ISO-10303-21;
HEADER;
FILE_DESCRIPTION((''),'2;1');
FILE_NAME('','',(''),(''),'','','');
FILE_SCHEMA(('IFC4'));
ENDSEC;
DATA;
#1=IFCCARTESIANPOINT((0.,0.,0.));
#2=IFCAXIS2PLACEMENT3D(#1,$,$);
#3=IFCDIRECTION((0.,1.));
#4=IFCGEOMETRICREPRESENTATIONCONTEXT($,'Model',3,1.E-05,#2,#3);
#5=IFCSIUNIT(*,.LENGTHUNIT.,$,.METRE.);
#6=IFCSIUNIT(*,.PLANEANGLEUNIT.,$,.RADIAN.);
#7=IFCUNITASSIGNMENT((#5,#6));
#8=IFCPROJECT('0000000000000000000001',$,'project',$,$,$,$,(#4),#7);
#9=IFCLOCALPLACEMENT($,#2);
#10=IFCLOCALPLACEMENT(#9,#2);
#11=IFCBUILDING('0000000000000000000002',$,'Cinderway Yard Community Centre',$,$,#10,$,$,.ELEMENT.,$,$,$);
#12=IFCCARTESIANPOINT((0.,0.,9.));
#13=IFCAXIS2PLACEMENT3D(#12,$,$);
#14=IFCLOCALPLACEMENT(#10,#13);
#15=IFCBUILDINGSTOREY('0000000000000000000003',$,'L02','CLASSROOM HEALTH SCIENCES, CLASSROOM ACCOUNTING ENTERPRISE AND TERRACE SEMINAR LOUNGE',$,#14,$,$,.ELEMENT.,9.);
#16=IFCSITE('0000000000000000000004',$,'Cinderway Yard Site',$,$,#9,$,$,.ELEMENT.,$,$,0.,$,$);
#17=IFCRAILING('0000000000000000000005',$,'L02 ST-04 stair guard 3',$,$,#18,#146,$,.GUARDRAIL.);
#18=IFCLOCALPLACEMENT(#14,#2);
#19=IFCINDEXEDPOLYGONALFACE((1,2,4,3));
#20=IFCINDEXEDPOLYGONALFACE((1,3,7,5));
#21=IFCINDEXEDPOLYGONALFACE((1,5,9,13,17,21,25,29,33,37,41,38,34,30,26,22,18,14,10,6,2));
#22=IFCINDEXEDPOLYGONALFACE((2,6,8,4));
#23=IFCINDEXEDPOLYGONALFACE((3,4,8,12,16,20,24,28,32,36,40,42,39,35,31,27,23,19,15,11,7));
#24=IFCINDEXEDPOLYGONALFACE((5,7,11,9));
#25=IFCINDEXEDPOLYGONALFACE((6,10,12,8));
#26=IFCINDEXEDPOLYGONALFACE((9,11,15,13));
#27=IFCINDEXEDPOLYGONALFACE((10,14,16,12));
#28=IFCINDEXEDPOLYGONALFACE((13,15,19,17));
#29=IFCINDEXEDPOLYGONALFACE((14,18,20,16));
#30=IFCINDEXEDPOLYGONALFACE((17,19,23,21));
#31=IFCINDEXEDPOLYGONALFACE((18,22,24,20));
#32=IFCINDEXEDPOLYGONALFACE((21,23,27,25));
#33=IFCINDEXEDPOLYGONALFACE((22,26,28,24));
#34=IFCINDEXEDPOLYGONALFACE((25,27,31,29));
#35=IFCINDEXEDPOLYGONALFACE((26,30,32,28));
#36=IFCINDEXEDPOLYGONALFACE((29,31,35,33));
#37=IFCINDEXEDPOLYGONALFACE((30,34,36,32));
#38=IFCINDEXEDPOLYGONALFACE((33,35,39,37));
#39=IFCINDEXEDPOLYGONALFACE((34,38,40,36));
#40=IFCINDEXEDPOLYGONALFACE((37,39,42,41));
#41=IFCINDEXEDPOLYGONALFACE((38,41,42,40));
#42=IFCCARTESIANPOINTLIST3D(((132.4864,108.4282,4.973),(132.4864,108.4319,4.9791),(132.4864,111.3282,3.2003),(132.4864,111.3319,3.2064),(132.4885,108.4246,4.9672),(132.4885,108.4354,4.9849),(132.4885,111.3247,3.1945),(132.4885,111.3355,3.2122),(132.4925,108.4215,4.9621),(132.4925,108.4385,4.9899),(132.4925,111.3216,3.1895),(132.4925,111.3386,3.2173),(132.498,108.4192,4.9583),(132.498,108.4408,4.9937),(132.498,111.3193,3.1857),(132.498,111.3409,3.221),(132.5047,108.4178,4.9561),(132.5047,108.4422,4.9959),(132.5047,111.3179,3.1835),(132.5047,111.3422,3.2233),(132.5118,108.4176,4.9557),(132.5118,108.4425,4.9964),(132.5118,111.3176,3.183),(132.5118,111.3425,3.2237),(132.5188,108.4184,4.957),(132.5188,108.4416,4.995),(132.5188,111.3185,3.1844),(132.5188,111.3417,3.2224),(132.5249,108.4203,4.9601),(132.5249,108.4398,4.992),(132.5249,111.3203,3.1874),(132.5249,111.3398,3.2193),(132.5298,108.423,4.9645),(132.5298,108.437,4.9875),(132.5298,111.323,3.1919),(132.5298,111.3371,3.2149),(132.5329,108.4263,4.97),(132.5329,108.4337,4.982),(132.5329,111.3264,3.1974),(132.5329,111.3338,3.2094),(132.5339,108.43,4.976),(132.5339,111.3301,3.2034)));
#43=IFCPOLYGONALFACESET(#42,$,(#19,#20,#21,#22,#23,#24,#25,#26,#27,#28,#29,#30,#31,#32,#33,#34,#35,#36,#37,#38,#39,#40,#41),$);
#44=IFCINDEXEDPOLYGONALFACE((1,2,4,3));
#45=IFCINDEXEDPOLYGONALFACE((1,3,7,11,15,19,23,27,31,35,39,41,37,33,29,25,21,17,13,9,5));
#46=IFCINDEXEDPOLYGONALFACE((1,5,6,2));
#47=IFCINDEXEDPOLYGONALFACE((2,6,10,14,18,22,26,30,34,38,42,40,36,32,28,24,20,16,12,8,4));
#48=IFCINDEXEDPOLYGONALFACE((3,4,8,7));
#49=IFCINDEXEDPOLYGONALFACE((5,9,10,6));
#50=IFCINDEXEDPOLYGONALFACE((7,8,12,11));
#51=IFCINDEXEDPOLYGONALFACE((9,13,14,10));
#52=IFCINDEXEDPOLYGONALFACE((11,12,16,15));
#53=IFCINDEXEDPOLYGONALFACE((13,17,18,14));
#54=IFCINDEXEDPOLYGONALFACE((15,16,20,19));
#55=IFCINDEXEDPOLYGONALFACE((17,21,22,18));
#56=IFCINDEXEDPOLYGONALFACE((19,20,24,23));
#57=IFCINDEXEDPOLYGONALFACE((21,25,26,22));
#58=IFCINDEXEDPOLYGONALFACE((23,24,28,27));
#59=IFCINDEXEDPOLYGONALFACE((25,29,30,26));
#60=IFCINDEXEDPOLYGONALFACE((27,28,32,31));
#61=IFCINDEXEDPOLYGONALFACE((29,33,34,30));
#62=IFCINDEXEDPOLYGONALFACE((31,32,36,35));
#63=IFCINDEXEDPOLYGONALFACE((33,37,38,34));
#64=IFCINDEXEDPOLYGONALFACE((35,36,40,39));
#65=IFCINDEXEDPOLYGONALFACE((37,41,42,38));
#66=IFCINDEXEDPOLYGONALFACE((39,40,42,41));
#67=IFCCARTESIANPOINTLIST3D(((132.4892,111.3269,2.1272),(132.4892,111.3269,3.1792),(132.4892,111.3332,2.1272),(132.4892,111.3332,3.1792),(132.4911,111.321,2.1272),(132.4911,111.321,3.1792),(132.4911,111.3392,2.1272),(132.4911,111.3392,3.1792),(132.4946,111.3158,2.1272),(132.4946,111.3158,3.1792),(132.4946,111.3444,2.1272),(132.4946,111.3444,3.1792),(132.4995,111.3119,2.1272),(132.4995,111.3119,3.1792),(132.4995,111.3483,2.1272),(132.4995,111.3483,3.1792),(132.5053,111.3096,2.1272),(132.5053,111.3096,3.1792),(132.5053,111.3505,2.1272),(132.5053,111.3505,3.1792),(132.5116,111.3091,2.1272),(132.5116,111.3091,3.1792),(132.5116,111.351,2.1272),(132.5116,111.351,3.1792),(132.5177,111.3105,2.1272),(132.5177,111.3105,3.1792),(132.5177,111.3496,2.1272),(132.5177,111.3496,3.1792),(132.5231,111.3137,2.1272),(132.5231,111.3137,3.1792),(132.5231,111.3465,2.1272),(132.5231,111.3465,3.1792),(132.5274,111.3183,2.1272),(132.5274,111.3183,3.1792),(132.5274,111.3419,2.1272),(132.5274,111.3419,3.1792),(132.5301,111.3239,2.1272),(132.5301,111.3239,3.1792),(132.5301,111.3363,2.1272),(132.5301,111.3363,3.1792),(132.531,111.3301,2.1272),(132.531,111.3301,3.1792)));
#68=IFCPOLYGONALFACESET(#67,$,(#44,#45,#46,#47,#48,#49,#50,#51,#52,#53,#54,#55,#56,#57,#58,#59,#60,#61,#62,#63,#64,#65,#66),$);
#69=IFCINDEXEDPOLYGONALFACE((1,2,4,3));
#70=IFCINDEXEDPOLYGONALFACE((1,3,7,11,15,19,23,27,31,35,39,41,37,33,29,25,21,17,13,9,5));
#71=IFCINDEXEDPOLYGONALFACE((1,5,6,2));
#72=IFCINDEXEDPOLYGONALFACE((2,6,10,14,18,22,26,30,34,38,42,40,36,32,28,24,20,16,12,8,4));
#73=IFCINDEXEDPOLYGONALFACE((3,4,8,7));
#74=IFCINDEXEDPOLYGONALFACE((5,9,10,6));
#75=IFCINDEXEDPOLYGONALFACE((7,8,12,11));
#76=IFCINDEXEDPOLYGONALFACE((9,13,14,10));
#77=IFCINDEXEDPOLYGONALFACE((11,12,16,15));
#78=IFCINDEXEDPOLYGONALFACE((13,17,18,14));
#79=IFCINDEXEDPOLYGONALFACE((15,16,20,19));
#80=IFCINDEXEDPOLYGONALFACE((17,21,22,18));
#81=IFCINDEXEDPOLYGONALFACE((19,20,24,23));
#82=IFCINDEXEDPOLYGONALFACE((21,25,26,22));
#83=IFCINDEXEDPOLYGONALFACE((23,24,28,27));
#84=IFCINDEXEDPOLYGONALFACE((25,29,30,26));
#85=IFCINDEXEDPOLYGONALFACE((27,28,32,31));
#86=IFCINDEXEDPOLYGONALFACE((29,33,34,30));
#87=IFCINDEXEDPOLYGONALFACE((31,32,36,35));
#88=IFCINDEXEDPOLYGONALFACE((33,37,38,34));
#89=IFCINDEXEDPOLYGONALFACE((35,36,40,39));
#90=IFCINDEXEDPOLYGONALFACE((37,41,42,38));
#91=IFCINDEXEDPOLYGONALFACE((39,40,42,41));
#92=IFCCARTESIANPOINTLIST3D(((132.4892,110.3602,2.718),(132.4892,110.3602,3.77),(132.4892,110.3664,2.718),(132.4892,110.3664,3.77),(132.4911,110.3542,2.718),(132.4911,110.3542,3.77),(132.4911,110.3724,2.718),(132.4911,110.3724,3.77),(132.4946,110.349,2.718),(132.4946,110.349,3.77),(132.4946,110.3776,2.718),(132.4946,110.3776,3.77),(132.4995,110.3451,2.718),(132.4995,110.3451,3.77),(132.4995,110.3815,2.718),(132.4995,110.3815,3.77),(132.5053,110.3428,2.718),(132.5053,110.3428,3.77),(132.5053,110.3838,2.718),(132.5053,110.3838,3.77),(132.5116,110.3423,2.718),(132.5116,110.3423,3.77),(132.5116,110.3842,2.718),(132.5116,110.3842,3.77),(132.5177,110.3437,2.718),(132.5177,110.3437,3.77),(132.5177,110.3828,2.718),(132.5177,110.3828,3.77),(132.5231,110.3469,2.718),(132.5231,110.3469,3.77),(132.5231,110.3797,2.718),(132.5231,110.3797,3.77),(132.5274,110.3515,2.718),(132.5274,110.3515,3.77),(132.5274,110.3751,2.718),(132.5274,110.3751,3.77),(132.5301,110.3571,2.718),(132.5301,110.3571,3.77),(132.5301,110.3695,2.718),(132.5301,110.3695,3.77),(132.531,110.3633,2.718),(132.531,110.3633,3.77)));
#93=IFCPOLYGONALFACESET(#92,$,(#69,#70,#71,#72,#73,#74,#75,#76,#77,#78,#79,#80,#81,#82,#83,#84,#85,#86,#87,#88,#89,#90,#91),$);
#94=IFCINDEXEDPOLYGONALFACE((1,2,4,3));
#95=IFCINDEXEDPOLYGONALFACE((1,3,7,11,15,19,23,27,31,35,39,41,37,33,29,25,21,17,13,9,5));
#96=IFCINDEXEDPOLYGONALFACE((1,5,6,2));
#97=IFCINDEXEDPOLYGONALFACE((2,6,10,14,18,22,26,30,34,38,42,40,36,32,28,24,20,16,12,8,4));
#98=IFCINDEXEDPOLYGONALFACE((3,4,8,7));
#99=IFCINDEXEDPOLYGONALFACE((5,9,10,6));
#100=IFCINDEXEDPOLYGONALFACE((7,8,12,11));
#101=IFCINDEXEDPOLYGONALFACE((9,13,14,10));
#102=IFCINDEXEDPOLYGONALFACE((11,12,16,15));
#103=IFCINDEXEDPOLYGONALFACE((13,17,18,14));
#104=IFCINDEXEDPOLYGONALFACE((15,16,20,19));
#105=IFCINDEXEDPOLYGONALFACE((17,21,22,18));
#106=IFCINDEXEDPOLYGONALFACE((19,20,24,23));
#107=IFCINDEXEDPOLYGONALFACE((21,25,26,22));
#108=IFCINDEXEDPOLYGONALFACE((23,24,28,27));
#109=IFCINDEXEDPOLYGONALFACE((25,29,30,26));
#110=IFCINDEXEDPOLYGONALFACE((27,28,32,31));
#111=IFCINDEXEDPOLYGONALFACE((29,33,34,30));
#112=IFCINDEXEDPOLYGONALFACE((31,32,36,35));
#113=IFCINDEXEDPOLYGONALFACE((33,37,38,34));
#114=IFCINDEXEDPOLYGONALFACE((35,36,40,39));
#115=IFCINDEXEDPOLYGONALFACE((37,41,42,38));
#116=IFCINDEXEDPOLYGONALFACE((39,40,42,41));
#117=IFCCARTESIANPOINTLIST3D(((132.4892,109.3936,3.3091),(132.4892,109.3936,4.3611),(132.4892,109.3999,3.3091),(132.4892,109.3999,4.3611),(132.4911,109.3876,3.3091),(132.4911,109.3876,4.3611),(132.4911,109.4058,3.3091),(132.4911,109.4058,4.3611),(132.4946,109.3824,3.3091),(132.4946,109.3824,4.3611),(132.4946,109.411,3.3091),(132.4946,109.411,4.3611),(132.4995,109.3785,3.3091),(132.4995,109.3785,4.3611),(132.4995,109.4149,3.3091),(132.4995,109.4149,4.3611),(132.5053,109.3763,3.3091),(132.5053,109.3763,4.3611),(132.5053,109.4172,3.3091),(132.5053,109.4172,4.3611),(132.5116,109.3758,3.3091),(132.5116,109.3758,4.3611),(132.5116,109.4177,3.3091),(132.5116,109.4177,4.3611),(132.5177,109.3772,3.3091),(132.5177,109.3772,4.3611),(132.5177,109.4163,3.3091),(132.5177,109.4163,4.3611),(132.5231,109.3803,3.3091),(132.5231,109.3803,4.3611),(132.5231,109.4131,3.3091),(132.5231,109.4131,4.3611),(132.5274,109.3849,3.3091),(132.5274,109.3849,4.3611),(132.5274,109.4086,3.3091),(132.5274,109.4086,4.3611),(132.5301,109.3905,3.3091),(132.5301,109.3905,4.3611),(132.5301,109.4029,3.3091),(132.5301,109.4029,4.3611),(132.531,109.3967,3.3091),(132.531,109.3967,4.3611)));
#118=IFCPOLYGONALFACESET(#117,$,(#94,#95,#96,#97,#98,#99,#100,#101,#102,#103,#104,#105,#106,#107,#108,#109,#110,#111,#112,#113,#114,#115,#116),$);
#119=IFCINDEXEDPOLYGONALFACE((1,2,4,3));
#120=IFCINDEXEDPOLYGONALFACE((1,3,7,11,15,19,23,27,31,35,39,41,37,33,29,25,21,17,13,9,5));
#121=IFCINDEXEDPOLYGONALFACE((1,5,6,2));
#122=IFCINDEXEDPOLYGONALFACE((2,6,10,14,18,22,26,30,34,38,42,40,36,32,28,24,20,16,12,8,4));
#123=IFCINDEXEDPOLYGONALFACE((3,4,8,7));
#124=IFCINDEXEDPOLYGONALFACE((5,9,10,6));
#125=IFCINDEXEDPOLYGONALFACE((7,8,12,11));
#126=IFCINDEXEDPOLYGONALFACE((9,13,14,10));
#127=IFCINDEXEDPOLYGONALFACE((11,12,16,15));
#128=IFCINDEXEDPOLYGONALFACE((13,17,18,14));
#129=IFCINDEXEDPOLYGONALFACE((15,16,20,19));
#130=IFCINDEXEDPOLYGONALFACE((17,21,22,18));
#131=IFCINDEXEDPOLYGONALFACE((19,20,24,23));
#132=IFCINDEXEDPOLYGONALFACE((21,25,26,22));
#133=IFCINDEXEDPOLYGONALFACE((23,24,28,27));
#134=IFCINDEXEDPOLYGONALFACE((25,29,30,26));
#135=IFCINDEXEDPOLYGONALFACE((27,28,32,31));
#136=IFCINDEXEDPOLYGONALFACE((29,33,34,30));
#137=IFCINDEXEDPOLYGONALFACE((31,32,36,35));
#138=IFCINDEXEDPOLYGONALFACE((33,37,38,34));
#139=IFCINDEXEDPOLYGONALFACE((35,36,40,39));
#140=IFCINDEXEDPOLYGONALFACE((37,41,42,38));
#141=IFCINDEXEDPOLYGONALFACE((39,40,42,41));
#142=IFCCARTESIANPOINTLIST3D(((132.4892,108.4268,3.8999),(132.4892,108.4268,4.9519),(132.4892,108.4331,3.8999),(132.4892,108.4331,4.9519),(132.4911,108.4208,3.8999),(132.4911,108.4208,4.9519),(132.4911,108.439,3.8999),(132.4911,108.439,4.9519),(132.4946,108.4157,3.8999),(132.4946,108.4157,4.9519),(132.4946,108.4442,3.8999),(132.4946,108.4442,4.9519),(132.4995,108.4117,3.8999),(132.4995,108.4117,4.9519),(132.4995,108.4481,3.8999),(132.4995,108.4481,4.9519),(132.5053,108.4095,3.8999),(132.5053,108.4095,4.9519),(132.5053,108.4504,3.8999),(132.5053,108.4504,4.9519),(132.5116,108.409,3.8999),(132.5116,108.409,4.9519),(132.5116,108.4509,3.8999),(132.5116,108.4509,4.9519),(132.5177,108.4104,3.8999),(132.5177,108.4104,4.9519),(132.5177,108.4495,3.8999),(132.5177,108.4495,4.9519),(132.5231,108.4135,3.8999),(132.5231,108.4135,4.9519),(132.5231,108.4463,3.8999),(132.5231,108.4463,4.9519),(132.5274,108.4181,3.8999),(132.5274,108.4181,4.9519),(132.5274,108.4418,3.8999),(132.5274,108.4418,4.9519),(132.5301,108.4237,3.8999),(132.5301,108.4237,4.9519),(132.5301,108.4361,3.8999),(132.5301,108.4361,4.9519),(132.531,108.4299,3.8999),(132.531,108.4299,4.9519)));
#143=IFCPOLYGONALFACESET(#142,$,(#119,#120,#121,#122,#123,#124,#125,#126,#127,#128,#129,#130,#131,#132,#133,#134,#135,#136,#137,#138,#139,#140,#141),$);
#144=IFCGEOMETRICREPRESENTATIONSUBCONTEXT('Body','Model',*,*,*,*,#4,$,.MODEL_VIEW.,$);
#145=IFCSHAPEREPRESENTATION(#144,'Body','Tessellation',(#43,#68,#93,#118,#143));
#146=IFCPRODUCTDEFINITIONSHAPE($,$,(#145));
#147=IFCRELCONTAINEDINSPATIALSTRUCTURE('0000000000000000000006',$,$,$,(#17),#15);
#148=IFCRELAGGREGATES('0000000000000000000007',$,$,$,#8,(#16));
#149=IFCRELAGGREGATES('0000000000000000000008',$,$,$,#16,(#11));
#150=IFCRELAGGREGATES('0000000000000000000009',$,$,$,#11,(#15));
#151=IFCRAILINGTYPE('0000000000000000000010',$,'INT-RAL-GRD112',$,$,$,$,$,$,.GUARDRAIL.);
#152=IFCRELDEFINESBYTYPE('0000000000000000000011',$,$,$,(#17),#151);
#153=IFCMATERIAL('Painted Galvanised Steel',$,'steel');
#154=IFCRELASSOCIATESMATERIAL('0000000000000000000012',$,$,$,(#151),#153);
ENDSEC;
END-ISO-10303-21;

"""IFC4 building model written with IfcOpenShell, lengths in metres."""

from ifc_helpers import new_model, si_unit, direction, frame, origin, origin_2d, place, context, subcontext, project, spatial, circle, extrude, material, type_object, element, save


model = new_model("IFC4")

# Units and contexts
model_context = context("Model", 3, precision=1e-05, world=origin(), true_north=direction((0.0, 1.0)))
body_context = subcontext(model_context, "Body", "Model", "MODEL_VIEW")
ifc_project = project(units=[si_unit("LENGTHUNIT", "METRE"), si_unit("PLANEANGLEUNIT", "RADIAN")], contexts=[model_context])

# Site, building, storey
site_placement = place(None, origin())
site = spatial("IfcSite", under=ifc_project, at=site_placement, Name="Cinderway Yard Site", CompositionType="ELEMENT", RefElevation=0.0)
building_placement = place(site_placement, origin())
building = spatial("IfcBuilding", under=site, at=building_placement, Name="Cinderway Yard Community Centre", CompositionType="ELEMENT")
storey_placement = place(building_placement, frame((0.0, 0.0, 9.0)))
storey = spatial("IfcBuildingStorey", under=building, at=storey_placement, Name="L02", Description="CLASSROOM HEALTH SCIENCES, CLASSROOM ACCOUNTING ENTERPRISE AND TERRACE SEMINAR LOUNGE", CompositionType="ELEMENT", Elevation=9.0)

# Shared definitions
ifc_material_1 = material(Name="Painted Galvanised Steel", Category="steel")

# Railing
railing_type_1 = type_object("IfcRailingType", Name="INT-RAL-GRD112", PredefinedType="GUARDRAIL", material=ifc_material_1)
railing_1_placement = place(storey_placement, frame((132.51, 111.3301, 2.1272)))
element("IfcRailing", 1, at=railing_1_placement, inside=storey, type_object=railing_type_1, Name="L02 ST-04 stair guard 3", PredefinedType="GUARDRAIL", context=body_context, shape_type="SweptSolid", body=[
    extrude(circle(Radius=0.0239, at=origin_2d()), frame((0.0, 0.0, 1.0762), z_axis=(0.0, -0.85323, 0.521534), x_axis=(1.0, 0.0, 0.0)), (0.0, 0.0, 1.0), 3.3989),
    extrude(circle(Radius=0.021, at=origin_2d()), origin(), (0.0, 0.0, 1.0), 1.052),
    extrude(circle(Radius=0.021, at=origin_2d()), frame((0.0, -0.9668, 0.5908)), (0.0, 0.0, 1.0), 1.052),
    extrude(circle(Radius=0.021, at=origin_2d()), frame((0.0, -1.9333, 1.1819)), (0.0, 0.0, 1.0), 1.052),
    extrude(circle(Radius=0.021, at=origin_2d()), frame((0.0, -2.9001, 1.7727)), (0.0, 0.0, 1.0), 1.052),
])

save(model, "model.ifc")
